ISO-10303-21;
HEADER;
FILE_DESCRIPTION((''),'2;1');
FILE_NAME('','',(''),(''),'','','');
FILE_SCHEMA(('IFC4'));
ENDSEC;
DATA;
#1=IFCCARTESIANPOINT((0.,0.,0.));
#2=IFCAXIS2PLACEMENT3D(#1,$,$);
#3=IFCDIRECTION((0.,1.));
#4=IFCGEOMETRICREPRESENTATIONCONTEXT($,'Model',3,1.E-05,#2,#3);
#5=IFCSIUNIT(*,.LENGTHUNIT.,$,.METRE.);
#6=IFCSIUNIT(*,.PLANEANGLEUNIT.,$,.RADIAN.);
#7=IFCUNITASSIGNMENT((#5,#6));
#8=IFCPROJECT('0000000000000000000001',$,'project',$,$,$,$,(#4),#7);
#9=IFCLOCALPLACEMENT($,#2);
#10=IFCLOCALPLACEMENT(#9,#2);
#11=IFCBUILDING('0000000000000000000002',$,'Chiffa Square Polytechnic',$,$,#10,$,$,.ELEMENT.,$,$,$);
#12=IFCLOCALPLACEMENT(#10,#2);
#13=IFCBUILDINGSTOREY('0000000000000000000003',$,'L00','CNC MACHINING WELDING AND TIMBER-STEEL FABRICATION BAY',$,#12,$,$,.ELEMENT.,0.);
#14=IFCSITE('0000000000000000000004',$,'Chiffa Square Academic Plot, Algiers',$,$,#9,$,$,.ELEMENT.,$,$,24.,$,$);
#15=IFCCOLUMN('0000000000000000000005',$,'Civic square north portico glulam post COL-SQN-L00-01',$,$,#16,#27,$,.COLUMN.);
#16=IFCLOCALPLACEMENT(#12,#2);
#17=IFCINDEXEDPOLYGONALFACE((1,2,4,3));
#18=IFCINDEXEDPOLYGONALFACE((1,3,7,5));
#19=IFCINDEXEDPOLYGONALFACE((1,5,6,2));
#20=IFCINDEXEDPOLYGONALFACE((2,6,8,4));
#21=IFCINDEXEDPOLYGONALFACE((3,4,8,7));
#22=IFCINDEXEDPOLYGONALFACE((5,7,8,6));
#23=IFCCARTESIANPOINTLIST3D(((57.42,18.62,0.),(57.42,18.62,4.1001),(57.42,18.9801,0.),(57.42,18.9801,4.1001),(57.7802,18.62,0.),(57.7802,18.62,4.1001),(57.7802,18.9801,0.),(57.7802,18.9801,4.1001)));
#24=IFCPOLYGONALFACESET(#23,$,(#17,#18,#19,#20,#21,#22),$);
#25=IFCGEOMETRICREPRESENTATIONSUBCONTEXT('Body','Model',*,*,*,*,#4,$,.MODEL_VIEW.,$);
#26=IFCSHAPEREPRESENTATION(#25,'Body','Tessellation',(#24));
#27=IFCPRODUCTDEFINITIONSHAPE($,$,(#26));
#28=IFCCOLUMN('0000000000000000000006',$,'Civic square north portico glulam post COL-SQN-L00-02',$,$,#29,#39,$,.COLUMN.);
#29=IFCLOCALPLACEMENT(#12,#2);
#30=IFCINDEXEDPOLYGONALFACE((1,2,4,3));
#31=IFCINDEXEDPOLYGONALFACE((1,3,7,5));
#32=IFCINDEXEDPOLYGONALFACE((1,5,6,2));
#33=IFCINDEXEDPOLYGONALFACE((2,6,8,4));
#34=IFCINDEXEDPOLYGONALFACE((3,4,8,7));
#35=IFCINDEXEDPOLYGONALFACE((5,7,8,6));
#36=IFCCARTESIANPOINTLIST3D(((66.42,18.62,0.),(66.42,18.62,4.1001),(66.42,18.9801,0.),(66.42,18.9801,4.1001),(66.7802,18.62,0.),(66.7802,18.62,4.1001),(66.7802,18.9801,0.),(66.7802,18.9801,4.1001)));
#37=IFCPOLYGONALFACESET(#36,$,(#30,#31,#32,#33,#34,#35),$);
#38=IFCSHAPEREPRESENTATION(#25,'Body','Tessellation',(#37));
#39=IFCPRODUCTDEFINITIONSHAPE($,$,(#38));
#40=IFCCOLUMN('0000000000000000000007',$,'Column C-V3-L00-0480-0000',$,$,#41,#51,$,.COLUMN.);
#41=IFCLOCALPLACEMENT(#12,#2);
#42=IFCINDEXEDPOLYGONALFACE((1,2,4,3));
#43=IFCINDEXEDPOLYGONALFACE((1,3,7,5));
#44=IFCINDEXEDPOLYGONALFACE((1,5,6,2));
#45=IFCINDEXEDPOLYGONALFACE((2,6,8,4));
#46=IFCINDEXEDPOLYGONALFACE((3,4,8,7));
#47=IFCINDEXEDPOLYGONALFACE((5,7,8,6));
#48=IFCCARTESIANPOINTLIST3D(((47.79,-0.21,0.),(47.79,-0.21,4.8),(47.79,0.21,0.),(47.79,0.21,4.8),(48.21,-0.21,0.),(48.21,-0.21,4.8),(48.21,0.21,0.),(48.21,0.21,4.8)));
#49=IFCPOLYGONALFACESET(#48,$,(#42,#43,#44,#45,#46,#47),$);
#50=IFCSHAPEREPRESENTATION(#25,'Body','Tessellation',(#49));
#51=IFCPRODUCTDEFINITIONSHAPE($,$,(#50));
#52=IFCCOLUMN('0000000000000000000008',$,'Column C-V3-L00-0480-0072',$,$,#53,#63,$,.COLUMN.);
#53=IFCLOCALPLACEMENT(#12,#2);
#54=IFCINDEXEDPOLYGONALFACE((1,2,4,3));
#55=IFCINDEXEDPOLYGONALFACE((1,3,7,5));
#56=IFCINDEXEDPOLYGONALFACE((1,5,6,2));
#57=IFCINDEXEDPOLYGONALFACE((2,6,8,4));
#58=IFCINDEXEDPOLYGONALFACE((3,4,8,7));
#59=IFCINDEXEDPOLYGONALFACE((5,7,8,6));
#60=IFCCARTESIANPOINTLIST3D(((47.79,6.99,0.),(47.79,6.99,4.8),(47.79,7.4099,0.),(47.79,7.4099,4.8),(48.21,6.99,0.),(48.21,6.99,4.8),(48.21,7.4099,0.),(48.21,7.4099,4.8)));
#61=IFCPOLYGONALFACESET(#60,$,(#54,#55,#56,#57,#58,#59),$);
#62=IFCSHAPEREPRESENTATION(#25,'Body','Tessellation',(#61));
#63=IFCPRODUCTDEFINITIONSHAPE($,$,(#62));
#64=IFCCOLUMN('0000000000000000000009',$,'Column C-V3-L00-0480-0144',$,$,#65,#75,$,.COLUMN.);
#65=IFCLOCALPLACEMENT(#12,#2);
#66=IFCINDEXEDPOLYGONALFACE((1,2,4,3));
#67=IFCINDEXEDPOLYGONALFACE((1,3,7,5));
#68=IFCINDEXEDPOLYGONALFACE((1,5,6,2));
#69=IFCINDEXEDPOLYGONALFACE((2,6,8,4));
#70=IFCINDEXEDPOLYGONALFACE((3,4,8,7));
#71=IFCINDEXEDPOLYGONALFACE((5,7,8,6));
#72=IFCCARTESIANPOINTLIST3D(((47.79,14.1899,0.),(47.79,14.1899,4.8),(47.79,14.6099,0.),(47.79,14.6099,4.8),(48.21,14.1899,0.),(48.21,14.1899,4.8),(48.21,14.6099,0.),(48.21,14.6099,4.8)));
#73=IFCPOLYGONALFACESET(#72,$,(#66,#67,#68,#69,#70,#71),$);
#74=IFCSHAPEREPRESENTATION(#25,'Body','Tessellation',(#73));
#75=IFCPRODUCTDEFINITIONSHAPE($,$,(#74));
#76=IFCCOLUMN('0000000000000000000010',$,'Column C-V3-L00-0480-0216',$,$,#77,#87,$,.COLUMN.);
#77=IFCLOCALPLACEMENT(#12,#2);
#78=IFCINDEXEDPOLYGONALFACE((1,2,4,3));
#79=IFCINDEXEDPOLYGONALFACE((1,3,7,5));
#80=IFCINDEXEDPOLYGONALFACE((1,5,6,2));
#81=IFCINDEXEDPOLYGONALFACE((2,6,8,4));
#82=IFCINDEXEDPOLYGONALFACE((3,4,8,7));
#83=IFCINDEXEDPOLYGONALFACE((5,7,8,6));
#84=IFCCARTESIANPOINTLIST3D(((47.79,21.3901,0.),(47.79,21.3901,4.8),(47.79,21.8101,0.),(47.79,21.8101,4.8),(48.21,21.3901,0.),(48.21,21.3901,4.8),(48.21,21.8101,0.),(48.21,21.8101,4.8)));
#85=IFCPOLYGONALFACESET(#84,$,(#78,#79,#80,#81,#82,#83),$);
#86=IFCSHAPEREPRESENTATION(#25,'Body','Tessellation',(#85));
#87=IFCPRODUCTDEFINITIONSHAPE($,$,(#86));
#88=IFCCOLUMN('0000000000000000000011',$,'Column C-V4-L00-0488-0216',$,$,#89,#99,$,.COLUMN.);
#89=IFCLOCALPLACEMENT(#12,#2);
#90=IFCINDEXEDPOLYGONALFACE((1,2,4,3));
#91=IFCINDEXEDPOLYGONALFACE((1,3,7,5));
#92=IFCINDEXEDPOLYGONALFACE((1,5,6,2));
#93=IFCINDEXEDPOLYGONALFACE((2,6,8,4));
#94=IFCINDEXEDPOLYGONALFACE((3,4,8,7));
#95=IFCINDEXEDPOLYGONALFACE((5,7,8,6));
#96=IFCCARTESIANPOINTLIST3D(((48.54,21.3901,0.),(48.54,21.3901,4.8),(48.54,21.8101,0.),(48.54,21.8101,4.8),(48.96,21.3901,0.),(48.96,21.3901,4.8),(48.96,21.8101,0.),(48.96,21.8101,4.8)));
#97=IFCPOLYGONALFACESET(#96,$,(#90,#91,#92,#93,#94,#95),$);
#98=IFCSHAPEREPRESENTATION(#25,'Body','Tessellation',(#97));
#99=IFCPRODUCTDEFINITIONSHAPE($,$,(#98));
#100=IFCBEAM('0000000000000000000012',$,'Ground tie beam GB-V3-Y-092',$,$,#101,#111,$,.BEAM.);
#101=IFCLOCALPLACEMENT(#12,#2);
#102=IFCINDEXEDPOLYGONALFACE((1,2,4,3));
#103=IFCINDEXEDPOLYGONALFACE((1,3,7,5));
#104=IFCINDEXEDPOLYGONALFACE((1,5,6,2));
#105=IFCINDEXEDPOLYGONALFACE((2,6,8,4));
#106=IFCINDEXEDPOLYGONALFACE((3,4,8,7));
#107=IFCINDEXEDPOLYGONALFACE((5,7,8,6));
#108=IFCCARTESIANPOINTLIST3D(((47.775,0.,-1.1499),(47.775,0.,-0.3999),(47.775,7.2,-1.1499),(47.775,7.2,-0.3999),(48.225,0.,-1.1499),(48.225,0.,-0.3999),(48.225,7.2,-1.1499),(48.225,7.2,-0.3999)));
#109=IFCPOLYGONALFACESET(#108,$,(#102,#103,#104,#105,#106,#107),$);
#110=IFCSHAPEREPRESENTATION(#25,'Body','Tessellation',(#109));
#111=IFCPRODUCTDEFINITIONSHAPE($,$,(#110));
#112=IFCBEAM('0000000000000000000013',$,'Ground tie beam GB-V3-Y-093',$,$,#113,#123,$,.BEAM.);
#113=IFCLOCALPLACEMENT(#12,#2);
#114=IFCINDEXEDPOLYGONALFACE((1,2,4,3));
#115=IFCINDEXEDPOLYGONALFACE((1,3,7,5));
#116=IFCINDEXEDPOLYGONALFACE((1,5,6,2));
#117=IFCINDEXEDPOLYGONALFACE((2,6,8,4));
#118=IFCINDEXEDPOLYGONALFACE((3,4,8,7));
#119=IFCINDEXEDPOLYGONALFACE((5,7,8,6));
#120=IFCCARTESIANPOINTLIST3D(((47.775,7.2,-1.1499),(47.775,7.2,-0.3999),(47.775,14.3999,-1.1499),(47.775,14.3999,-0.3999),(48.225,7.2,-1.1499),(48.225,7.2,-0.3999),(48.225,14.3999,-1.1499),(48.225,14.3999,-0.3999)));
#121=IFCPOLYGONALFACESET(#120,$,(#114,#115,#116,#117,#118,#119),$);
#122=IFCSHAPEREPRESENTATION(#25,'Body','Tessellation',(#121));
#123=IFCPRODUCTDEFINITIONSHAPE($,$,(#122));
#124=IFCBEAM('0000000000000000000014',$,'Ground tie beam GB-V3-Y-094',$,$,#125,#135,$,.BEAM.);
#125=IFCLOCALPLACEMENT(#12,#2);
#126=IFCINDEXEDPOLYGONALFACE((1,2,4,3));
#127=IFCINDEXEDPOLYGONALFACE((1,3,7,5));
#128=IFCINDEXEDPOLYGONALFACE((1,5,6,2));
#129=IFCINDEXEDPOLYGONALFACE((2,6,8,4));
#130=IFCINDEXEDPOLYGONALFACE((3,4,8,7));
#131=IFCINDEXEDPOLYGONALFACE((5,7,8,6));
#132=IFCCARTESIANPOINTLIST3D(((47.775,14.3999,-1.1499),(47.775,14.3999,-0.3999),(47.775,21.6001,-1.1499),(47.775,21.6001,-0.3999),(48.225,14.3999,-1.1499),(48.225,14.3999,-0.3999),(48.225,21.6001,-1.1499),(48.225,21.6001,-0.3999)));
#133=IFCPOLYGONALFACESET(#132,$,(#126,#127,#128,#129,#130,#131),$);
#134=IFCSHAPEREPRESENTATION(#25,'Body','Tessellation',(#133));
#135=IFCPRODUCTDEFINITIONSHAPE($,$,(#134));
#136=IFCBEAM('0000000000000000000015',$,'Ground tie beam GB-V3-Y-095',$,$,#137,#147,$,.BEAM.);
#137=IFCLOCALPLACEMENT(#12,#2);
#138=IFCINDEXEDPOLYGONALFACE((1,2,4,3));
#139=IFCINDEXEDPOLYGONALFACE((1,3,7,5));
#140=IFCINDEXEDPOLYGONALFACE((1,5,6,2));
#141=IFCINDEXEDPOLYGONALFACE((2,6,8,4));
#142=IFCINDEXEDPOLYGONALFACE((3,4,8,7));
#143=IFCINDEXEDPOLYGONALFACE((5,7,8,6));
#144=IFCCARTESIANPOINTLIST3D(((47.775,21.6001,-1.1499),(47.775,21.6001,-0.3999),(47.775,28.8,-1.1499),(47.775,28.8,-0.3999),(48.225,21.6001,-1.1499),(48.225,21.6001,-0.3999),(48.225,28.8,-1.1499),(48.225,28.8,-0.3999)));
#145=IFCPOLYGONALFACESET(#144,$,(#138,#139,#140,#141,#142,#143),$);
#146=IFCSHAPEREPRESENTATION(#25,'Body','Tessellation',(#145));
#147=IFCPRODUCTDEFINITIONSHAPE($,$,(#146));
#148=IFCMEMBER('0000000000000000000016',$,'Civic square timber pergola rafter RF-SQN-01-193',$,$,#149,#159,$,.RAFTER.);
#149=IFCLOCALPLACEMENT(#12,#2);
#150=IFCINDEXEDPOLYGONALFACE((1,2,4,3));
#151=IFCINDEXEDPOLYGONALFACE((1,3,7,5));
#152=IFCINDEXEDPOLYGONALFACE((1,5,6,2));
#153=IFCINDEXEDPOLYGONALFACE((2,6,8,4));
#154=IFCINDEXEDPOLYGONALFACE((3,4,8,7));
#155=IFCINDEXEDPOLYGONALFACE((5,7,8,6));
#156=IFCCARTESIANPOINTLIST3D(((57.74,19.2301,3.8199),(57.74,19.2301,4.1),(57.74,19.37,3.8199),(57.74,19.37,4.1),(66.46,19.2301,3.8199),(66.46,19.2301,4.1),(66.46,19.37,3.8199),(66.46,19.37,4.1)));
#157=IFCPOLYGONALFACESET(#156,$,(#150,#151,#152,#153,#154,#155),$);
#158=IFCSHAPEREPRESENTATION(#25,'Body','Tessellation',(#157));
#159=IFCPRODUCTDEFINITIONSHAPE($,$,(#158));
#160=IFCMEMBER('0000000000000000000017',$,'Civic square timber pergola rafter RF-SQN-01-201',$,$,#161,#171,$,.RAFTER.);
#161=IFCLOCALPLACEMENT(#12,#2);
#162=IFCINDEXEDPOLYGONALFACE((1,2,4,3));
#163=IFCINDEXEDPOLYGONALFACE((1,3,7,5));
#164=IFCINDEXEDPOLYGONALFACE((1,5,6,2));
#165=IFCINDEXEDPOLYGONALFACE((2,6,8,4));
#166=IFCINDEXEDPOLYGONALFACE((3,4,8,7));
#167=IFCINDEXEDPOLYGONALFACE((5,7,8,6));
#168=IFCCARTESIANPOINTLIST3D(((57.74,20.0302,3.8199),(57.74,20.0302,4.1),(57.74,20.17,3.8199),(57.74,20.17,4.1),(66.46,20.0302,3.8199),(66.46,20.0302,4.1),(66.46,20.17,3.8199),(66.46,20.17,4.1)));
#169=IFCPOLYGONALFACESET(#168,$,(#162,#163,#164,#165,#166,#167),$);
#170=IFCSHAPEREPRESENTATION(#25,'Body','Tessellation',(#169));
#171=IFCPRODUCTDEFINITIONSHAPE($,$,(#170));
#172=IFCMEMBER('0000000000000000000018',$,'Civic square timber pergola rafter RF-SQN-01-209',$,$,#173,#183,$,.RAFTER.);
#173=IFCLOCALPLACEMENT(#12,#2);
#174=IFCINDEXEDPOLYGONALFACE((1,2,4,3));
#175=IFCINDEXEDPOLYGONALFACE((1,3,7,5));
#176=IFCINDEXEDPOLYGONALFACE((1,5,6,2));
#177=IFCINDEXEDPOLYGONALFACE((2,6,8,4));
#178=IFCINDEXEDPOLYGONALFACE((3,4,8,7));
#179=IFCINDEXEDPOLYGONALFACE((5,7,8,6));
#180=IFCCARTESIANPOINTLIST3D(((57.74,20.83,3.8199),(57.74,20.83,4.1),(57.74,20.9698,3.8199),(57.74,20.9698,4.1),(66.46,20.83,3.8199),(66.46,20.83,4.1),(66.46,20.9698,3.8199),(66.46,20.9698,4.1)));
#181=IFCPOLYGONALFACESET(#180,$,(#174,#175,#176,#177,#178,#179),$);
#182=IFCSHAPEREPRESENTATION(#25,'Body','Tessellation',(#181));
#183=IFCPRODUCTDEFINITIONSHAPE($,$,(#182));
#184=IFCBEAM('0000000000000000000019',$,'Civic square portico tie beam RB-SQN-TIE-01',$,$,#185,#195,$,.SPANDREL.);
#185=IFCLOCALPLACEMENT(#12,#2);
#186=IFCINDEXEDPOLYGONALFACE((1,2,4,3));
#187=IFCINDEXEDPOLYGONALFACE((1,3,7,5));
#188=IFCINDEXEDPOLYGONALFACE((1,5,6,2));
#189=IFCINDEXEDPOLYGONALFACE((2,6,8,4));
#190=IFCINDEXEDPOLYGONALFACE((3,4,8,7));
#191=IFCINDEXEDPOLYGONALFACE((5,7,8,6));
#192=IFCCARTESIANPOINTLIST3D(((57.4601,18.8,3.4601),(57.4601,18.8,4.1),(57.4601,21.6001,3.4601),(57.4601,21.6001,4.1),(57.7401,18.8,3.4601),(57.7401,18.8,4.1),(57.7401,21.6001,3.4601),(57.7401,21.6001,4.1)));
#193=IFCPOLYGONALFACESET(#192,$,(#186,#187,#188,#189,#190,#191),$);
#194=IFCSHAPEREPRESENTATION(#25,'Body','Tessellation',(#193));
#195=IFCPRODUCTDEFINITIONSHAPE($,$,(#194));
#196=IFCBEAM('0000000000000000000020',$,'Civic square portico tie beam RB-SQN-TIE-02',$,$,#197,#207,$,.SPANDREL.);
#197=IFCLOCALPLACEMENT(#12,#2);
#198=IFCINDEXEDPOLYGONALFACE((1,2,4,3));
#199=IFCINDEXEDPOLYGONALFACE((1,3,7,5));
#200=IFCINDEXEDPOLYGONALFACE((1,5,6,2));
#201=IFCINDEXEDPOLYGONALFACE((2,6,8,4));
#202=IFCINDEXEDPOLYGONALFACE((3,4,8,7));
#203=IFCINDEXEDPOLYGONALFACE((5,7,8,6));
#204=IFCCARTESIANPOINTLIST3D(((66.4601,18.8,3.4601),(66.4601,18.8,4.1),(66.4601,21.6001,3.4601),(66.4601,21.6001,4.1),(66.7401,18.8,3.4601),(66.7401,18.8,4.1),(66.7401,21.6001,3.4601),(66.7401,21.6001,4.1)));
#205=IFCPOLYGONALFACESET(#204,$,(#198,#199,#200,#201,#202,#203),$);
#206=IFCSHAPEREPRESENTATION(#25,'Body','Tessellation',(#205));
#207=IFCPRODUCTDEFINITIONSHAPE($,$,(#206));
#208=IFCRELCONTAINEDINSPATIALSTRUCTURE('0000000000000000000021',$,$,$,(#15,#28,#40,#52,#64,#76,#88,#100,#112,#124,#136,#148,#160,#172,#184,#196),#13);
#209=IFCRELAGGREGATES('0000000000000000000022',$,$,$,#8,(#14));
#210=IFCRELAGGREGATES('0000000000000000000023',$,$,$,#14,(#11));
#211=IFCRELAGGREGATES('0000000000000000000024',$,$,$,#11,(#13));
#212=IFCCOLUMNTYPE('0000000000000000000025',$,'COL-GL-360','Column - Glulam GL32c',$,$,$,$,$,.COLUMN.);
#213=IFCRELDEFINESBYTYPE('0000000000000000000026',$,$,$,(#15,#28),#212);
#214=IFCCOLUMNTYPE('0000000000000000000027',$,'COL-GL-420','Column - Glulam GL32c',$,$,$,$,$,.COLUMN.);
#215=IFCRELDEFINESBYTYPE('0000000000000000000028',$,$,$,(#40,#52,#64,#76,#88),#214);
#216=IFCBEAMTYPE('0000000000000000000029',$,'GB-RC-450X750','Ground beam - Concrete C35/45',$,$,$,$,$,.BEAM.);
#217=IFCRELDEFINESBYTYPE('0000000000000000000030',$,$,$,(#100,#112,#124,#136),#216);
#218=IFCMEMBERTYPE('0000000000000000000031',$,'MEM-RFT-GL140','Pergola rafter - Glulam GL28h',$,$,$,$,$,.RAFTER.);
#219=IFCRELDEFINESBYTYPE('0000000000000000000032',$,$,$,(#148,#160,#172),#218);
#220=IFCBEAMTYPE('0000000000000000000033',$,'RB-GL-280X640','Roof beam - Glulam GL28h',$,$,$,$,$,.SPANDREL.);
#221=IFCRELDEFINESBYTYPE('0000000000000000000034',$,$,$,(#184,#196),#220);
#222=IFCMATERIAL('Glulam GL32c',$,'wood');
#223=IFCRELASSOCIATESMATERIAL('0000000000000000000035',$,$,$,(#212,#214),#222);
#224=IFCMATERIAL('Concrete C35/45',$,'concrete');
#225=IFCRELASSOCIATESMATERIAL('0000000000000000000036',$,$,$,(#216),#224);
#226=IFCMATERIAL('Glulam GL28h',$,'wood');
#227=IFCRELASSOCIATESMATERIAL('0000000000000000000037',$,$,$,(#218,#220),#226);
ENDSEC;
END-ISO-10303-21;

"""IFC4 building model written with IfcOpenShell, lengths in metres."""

from ifc_helpers import new_model, si_unit, direction, frame, origin, origin_2d, place, context, subcontext, project, spatial, rectangle, extrude, material, material_profile, profile_set, type_object, element, save


model = new_model("IFC4")

# Units and contexts
model_context = context("Model", 3, precision=1e-05, world=origin(), true_north=direction((0.0, 1.0)))
body_context = subcontext(model_context, "Body", "Model", "MODEL_VIEW")
ifc_project = project(units=[si_unit("LENGTHUNIT", "METRE"), si_unit("PLANEANGLEUNIT", "RADIAN")], contexts=[model_context])

# Site, building, storey
site_placement = place(None, origin())
site = spatial("IfcSite", under=ifc_project, at=site_placement, Name="Chiffa Square Academic Plot, Algiers", CompositionType="ELEMENT", RefElevation=24.0)
building_placement = place(site_placement, origin())
building = spatial("IfcBuilding", under=site, at=building_placement, Name="Chiffa Square Polytechnic", CompositionType="ELEMENT")
storey_placement = place(building_placement, origin())
storey = spatial("IfcBuildingStorey", under=building, at=storey_placement, Name="L00", Description="CNC MACHINING WELDING AND TIMBER-STEEL FABRICATION BAY", CompositionType="ELEMENT", Elevation=0.0)

# Columns
ifc_material_1 = material(Name="Glulam GL32c", Category="wood")
ifc_material_profile_1 = material_profile(ifc_material_1, rectangle(XDim=0.3601, YDim=0.3601, at=origin_2d()), Name="GL32c 360x360")
ifc_profile_set_1 = profile_set([ifc_material_profile_1], Name="Glulam GL32c")
column_type_1 = type_object("IfcColumnType", Name="COL-GL-360", Description="Column - Glulam GL32c", PredefinedType="COLUMN", material=ifc_profile_set_1)
for number, where, z_axis, x_axis, name in (
    (1, (57.6001, 18.8, 0.0), (0.0, 0.0, 1.0), (1.0, 0.0, 0.0), "Civic square north portico glulam post COL-SQN-L00-01"),
    (2, (66.6001, 18.8, 0.0), (0.0, 0.0, 1.0), (1.0, 0.0, 0.0), "Civic square north portico glulam post COL-SQN-L00-02"),
):
    element("IfcColumn", number, at=place(storey_placement, frame(where, z_axis=z_axis, x_axis=x_axis)), inside=storey, type_object=column_type_1, Name=name, PredefinedType="COLUMN", context=body_context, shape_type="SweptSolid", body=[
        extrude(rectangle(XDim=0.3601, YDim=0.3601, at=origin_2d()), origin(), (0.0, 0.0, 1.0), 4.1001),
    ])
ifc_material_profile_2 = material_profile(ifc_material_1, rectangle(XDim=0.4199, YDim=0.4199, at=origin_2d()), Name="GL32c 420x420")
ifc_profile_set_2 = profile_set([ifc_material_profile_2], Name="Glulam GL32c")
column_type_2 = type_object("IfcColumnType", Name="COL-GL-420", Description="Column - Glulam GL32c", PredefinedType="COLUMN", material=ifc_profile_set_2)
for number, where, z_axis, x_axis, name in (
    (3, (48.0, 0.0, 0.0), (0.0, 0.0, 1.0), (1.0, 0.0, 0.0), "Column C-V3-L00-0480-0000"),
    (4, (48.0, 7.2, 0.0), (0.0, 0.0, 1.0), (1.0, 0.0, 0.0), "Column C-V3-L00-0480-0072"),
    (5, (48.0, 14.3999, 0.0), (0.0, 0.0, 1.0), (1.0, 0.0, 0.0), "Column C-V3-L00-0480-0144"),
    (6, (48.0, 21.6001, 0.0), (0.0, 0.0, 1.0), (1.0, 0.0, 0.0), "Column C-V3-L00-0480-0216"),
    (7, (48.75, 21.6001, 0.0), (0.0, 0.0, 1.0), (1.0, 0.0, 0.0), "Column C-V4-L00-0488-0216"),
):
    element("IfcColumn", number, at=place(storey_placement, frame(where, z_axis=z_axis, x_axis=x_axis)), inside=storey, type_object=column_type_2, Name=name, PredefinedType="COLUMN", context=body_context, shape_type="SweptSolid", body=[
        extrude(rectangle(XDim=0.4199, YDim=0.4199, at=origin_2d()), origin(), (0.0, 0.0, 1.0), 4.8),
    ])

# Beams
ifc_material_2 = material(Name="Concrete C35/45", Category="concrete")
ifc_material_profile_3 = material_profile(ifc_material_2, rectangle(XDim=0.45, YDim=0.75, at=origin_2d()), Name="RC 450x750")
ifc_profile_set_3 = profile_set([ifc_material_profile_3], Name="Concrete C35/45")
beam_type_1 = type_object("IfcBeamType", Name="GB-RC-450X750", Description="Ground beam - Concrete C35/45", PredefinedType="BEAM", material=ifc_profile_set_3)
for number, where, z_axis, x_axis, name in (
    (8, (48.0, 0.0, -0.7749), (0.0, 1.0, 0.0), (-1.0, 0.0, 0.0), "Ground tie beam GB-V3-Y-092"),
    (9, (48.0, 7.2, -0.7749), (0.0, 1.0, 0.0), (-1.0, 0.0, 0.0), "Ground tie beam GB-V3-Y-093"),
):
    element("IfcBeam", number, at=place(storey_placement, frame(where, z_axis=z_axis, x_axis=x_axis)), inside=storey, type_object=beam_type_1, Name=name, PredefinedType="BEAM", context=body_context, shape_type="SweptSolid", body=[
        extrude(rectangle(XDim=0.45, YDim=0.75, at=origin_2d()), origin(), (0.0, 0.0, 1.0), 7.2),
    ])
beam_1_placement = place(storey_placement, frame((48.0, 14.3999, -0.7749), z_axis=(0.0, 1.0, 0.0), x_axis=(-1.0, 0.0, 0.0)))
element("IfcBeam", 10, at=beam_1_placement, inside=storey, type_object=beam_type_1, Name="Ground tie beam GB-V3-Y-094", PredefinedType="BEAM", context=body_context, shape_type="SweptSolid", body=[
    extrude(rectangle(XDim=0.45, YDim=0.75, at=origin_2d()), origin(), (0.0, 0.0, 1.0), 7.2002),
])
beam_2_placement = place(storey_placement, frame((48.0, 21.6001, -0.7749), z_axis=(0.0, 1.0, 0.0), x_axis=(-1.0, 0.0, 0.0)))
element("IfcBeam", 11, at=beam_2_placement, inside=storey, type_object=beam_type_1, Name="Ground tie beam GB-V3-Y-095", PredefinedType="BEAM", context=body_context, shape_type="SweptSolid", body=[
    extrude(rectangle(XDim=0.45, YDim=0.75, at=origin_2d()), origin(), (0.0, 0.0, 1.0), 7.2),
])

# Members
ifc_material_3 = material(Name="Glulam GL28h", Category="wood")
ifc_material_profile_4 = material_profile(ifc_material_3, rectangle(XDim=0.1399, YDim=0.28, at=origin_2d()), Name="GL28h 140x280")
ifc_profile_set_4 = profile_set([ifc_material_profile_4], Name="Glulam GL28h")
member_type = type_object("IfcMemberType", Name="MEM-RFT-GL140", Description="Pergola rafter - Glulam GL28h", PredefinedType="RAFTER", material=ifc_profile_set_4)
for number, where, z_axis, x_axis, name in (
    (12, (57.74, 19.3, 3.96), (1.0, 0.0, 0.0), (0.0, 1.0, 0.0), "Civic square timber pergola rafter RF-SQN-01-193"),
    (13, (57.74, 20.1001, 3.96), (1.0, 0.0, 0.0), (0.0, 1.0, 0.0), "Civic square timber pergola rafter RF-SQN-01-201"),
    (14, (57.74, 20.8999, 3.96), (1.0, 0.0, 0.0), (0.0, 1.0, 0.0), "Civic square timber pergola rafter RF-SQN-01-209"),
):
    element("IfcMember", number, at=place(storey_placement, frame(where, z_axis=z_axis, x_axis=x_axis)), inside=storey, type_object=member_type, Name=name, PredefinedType="RAFTER", context=body_context, shape_type="SweptSolid", body=[
        extrude(rectangle(XDim=0.1399, YDim=0.28, at=origin_2d()), origin(), (0.0, 0.0, 1.0), 8.72),
    ])

# Beams
ifc_material_profile_5 = material_profile(ifc_material_3, rectangle(XDim=0.28, YDim=0.6399, at=origin_2d()), Name="GL28h 280x640")
ifc_profile_set_5 = profile_set([ifc_material_profile_5], Name="Glulam GL28h")
beam_type_2 = type_object("IfcBeamType", Name="RB-GL-280X640", Description="Roof beam - Glulam GL28h", PredefinedType="SPANDREL", material=ifc_profile_set_5)
for number, where, z_axis, x_axis, name in (
    (15, (57.6001, 18.8, 3.78), (0.0, 1.0, 0.0), (-1.0, 0.0, 0.0), "Civic square portico tie beam RB-SQN-TIE-01"),
    (16, (66.6001, 18.8, 3.78), (0.0, 1.0, 0.0), (-1.0, 0.0, 0.0), "Civic square portico tie beam RB-SQN-TIE-02"),
):
    element("IfcBeam", number, at=place(storey_placement, frame(where, z_axis=z_axis, x_axis=x_axis)), inside=storey, type_object=beam_type_2, Name=name, PredefinedType="SPANDREL", context=body_context, shape_type="SweptSolid", body=[
        extrude(rectangle(XDim=0.28, YDim=0.6399, at=origin_2d()), origin(), (0.0, 0.0, 1.0), 2.8),
    ])

save(model, "model.ifc")
